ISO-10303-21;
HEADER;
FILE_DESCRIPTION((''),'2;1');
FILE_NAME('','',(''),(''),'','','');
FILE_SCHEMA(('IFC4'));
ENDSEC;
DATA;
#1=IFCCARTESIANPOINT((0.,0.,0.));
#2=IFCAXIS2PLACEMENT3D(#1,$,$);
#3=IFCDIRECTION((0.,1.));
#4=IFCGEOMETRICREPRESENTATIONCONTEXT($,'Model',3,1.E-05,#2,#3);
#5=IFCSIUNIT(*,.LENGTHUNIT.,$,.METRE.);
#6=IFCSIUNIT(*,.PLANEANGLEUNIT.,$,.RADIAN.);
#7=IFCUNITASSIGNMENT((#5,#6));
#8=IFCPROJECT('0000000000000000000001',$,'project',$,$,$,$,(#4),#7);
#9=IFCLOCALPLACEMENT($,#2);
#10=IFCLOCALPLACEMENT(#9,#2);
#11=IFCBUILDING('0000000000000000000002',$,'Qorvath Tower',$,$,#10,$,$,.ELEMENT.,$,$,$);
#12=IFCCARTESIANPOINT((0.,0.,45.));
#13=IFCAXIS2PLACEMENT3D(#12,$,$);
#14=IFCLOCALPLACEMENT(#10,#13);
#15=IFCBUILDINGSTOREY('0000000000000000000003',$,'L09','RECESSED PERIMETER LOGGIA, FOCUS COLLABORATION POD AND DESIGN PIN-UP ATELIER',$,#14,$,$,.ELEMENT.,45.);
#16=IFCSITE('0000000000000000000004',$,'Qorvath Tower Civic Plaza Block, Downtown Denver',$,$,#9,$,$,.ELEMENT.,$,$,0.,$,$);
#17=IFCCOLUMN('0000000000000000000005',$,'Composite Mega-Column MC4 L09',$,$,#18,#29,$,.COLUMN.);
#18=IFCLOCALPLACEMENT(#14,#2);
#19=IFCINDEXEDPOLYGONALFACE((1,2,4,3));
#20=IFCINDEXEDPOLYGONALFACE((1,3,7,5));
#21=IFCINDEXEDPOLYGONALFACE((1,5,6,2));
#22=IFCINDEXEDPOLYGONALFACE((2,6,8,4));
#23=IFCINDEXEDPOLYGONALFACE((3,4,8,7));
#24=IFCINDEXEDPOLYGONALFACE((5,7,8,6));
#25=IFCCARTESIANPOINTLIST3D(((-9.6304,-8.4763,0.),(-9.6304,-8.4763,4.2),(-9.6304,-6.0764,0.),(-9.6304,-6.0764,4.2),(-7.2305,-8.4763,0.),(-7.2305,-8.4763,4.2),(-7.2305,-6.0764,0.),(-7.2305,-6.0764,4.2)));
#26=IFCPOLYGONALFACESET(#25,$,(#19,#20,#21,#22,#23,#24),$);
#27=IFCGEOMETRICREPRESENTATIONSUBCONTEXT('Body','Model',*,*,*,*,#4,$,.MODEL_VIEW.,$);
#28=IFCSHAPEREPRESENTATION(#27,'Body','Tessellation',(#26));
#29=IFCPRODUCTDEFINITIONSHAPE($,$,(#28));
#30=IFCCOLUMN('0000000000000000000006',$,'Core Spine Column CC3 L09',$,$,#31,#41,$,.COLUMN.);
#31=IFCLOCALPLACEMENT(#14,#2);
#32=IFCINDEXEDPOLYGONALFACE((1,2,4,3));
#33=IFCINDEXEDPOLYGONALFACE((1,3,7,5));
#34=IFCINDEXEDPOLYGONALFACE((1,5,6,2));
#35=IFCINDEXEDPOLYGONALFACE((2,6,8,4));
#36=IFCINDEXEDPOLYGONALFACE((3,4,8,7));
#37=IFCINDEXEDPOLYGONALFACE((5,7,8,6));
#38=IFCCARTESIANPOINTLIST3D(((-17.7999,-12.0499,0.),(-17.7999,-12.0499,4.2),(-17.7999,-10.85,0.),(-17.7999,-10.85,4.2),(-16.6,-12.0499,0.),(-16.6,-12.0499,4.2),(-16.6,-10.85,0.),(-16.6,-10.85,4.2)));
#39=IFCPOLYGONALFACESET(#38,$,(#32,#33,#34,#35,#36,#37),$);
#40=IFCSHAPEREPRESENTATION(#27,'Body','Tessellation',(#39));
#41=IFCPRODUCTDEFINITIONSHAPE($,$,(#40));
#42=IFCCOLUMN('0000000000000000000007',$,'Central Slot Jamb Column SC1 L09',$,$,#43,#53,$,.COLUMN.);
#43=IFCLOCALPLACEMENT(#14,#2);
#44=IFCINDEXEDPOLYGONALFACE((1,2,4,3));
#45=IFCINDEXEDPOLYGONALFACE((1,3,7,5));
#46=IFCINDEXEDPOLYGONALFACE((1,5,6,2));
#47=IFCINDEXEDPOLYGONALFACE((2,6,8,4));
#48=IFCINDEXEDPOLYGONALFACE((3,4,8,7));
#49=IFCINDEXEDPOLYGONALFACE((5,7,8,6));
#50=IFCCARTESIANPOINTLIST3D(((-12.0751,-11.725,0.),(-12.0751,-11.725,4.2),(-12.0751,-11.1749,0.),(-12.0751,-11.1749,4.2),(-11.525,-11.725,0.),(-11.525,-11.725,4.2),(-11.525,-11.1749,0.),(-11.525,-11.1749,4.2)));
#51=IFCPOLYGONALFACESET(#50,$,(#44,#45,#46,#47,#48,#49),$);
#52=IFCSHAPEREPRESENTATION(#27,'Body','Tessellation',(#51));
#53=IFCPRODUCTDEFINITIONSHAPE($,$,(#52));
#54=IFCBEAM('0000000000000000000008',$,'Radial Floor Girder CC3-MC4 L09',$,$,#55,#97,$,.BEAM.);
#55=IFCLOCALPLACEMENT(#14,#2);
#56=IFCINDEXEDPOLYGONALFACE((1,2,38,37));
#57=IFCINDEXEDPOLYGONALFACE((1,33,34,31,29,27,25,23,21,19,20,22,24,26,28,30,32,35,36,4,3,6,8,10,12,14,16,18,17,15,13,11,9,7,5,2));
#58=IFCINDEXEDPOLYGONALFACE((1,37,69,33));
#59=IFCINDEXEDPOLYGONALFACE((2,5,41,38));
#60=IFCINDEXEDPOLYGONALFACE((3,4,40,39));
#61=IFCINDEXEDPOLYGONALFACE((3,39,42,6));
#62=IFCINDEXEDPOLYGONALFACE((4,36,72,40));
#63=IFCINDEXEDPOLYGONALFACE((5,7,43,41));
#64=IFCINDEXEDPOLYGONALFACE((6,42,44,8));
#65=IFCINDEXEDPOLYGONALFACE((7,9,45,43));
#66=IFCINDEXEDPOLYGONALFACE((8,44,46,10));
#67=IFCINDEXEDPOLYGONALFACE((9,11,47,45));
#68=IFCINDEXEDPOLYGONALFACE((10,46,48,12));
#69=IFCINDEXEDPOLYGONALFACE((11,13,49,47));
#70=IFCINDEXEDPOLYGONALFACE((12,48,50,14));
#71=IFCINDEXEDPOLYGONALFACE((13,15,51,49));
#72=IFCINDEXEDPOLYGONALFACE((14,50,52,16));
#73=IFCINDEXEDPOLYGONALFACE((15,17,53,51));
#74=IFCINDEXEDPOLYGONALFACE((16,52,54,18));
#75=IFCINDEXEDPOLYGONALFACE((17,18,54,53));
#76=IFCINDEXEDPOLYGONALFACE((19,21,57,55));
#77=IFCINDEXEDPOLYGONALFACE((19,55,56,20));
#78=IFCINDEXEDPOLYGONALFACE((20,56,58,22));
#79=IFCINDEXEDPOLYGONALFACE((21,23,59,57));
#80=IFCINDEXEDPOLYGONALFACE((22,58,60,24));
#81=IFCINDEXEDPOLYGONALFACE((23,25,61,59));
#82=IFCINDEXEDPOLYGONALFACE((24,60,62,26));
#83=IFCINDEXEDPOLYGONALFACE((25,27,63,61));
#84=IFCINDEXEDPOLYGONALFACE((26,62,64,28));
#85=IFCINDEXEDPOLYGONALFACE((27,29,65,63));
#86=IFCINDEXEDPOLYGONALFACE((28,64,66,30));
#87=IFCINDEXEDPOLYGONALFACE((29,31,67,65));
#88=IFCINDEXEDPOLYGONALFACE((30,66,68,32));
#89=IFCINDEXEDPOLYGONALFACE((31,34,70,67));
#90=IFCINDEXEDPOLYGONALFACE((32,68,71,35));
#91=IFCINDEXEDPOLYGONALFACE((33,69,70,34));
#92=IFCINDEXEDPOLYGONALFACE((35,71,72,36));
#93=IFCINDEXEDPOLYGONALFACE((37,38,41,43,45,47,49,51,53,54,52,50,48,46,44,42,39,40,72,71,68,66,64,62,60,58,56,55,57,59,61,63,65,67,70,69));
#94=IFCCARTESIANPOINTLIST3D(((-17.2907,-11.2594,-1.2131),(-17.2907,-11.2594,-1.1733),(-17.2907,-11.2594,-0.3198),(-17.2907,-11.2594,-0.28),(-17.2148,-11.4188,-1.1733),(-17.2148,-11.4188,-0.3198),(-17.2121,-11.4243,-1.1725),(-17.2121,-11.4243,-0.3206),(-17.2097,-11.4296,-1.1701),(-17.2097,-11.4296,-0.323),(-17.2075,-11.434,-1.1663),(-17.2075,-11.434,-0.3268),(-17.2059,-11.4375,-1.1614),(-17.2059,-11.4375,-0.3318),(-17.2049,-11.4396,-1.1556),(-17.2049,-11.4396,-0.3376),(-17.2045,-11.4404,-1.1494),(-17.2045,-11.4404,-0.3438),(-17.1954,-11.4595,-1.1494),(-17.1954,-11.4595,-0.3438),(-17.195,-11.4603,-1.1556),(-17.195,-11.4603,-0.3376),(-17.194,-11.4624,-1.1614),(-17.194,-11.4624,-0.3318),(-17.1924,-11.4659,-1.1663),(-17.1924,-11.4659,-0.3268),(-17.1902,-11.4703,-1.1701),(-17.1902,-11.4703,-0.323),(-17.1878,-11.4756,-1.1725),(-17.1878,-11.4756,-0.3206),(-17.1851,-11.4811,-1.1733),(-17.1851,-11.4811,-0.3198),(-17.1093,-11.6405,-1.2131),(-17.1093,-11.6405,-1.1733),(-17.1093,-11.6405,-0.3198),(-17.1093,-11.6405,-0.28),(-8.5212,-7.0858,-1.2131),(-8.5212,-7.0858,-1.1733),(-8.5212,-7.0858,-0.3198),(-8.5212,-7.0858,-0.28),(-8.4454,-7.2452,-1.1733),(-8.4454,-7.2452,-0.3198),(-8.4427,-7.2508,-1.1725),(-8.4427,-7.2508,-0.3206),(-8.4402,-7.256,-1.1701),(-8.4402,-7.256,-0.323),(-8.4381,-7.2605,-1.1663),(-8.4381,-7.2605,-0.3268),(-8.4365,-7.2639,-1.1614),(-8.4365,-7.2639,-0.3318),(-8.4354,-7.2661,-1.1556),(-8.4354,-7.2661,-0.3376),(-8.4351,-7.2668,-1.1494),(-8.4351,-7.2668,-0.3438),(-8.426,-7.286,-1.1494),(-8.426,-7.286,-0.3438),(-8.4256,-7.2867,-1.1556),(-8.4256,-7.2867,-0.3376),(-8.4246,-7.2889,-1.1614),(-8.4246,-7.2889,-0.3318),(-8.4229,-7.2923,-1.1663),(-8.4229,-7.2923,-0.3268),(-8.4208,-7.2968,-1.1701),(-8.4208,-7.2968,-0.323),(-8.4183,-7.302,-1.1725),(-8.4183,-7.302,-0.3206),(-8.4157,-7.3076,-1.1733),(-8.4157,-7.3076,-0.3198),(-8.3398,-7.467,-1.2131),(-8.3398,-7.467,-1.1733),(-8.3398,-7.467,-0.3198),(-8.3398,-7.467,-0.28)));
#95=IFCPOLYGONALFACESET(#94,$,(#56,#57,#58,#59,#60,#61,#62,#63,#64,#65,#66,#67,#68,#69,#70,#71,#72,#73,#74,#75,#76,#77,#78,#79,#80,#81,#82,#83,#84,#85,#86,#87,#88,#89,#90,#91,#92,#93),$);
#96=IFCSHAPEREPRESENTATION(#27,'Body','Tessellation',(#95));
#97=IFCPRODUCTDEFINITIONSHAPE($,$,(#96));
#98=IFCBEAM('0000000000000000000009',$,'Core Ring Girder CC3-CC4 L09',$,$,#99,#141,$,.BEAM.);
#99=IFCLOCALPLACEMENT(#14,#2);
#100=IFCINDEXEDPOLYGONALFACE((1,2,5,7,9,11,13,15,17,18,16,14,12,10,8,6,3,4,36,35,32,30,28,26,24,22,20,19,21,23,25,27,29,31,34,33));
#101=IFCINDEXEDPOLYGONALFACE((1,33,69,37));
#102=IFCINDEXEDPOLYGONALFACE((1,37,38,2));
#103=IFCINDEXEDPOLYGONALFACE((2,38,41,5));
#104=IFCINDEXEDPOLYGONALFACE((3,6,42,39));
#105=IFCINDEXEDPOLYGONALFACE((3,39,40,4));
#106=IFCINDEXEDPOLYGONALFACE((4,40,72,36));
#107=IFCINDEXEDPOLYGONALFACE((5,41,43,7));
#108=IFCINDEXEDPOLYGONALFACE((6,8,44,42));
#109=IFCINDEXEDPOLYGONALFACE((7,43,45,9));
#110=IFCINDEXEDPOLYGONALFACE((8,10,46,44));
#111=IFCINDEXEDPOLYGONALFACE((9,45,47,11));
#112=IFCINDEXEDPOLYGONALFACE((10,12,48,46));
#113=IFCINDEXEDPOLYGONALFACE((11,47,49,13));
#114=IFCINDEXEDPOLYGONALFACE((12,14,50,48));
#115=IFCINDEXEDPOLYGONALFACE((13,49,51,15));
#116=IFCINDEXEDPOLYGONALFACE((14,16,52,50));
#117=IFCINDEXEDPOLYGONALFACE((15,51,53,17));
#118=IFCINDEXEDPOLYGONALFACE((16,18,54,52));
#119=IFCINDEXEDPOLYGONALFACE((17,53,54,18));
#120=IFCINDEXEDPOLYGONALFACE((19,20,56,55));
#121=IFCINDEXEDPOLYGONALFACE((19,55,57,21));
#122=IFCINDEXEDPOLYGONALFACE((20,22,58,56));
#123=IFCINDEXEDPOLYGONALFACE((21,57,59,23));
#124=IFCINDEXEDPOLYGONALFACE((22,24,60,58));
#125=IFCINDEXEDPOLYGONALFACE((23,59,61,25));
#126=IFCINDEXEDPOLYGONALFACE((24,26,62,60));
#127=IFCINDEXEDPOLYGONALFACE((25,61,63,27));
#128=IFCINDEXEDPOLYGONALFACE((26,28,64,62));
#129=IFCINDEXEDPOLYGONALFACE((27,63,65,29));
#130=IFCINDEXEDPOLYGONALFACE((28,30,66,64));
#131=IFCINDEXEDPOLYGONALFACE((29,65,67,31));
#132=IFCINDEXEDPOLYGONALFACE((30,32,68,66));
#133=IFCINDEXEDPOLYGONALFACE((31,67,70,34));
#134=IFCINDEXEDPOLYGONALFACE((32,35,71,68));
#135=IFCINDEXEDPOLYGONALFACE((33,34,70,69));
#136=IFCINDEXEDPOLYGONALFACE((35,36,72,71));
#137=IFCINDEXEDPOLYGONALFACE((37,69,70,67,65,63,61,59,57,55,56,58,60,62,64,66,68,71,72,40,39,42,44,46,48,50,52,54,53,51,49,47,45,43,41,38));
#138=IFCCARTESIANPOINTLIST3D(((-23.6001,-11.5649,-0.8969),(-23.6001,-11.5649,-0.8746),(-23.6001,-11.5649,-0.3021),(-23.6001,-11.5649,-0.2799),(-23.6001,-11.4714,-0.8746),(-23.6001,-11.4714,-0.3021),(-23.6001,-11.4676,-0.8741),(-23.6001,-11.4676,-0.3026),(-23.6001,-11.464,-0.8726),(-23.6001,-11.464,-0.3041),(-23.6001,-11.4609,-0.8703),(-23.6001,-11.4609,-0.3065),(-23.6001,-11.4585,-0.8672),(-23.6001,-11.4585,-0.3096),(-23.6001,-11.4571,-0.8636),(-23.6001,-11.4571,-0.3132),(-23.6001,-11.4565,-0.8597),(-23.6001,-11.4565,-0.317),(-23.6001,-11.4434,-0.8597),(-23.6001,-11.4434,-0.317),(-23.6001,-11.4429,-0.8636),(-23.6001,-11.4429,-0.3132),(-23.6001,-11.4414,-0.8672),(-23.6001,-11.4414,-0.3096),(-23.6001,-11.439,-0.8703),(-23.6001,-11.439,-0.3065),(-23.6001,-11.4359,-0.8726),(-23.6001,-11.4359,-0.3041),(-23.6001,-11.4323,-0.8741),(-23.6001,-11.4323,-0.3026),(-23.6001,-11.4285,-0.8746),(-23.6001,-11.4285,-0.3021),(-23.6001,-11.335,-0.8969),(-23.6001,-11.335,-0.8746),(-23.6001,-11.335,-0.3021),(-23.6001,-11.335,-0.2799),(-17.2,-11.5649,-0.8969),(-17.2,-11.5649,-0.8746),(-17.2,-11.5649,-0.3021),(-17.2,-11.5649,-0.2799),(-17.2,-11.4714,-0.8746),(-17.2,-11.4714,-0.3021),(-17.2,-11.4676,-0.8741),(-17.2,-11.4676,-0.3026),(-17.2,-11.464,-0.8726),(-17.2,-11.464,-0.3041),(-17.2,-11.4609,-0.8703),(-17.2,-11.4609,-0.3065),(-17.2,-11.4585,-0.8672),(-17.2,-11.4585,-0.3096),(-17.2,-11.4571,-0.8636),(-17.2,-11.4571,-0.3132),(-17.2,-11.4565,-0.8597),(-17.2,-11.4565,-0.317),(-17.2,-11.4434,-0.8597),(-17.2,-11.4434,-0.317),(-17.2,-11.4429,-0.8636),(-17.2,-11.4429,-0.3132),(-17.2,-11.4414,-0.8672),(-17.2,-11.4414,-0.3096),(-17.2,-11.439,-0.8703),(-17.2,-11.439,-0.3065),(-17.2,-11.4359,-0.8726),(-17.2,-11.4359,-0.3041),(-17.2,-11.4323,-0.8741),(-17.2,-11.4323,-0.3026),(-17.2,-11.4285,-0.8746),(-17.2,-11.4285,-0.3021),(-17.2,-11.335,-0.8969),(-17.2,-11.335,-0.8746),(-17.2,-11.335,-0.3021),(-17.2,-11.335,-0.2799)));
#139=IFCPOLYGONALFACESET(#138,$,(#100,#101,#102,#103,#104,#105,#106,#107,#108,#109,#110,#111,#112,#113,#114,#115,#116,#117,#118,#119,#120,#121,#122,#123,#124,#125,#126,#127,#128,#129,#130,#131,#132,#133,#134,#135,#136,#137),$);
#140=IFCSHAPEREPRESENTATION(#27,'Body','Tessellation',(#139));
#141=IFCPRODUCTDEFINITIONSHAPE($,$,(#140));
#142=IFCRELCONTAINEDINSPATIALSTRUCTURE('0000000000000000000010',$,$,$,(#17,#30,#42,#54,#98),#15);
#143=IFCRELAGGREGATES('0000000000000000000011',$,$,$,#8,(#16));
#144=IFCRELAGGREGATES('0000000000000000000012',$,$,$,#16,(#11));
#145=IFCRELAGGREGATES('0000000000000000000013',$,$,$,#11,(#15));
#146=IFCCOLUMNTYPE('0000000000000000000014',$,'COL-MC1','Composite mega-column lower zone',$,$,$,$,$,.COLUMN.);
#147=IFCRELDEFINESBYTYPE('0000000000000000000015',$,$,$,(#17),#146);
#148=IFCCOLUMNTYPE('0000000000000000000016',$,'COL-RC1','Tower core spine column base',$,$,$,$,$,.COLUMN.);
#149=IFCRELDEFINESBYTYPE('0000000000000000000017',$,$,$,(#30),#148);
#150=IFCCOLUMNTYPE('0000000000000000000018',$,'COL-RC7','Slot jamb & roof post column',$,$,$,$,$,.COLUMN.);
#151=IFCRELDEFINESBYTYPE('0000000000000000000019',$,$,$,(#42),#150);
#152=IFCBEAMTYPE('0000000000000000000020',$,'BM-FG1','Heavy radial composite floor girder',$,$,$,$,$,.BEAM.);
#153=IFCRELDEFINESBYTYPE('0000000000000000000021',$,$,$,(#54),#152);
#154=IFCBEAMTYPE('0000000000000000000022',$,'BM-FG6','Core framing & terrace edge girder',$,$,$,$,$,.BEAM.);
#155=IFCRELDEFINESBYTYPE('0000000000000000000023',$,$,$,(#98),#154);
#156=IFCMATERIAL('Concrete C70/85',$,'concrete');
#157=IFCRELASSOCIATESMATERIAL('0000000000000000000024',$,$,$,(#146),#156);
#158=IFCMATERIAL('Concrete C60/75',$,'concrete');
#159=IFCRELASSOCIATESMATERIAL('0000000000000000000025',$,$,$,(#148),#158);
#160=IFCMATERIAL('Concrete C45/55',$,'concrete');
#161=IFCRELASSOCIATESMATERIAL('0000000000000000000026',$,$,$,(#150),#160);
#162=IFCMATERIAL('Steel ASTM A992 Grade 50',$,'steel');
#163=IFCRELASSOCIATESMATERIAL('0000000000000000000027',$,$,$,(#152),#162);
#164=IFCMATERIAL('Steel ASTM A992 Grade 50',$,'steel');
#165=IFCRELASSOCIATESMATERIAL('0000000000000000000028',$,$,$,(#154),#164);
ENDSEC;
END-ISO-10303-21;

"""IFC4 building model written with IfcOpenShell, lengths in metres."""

from ifc_helpers import new_model, si_unit, direction, frame, origin, origin_2d, place, context, subcontext, project, spatial, rectangle, i_section, extrude, material, material_profile, profile_set, type_object, element, save


model = new_model("IFC4")

# Units and contexts
model_context = context("Model", 3, precision=1e-05, world=origin(), true_north=direction((0.0, 1.0)))
body_context = subcontext(model_context, "Body", "Model", "MODEL_VIEW")
ifc_project = project(units=[si_unit("LENGTHUNIT", "METRE"), si_unit("PLANEANGLEUNIT", "RADIAN")], contexts=[model_context])

# Site, building, storey
site_placement = place(None, origin())
site = spatial("IfcSite", under=ifc_project, at=site_placement, Name="Qorvath Tower Civic Plaza Block, Downtown Denver", CompositionType="ELEMENT", RefElevation=0.0)
building_placement = place(site_placement, origin())
building = spatial("IfcBuilding", under=site, at=building_placement, Name="Qorvath Tower", CompositionType="ELEMENT")
storey_placement = place(building_placement, frame((0.0, 0.0, 45.0)))
storey = spatial("IfcBuildingStorey", under=building, at=storey_placement, Name="L09", Description="RECESSED PERIMETER LOGGIA, FOCUS COLLABORATION POD AND DESIGN PIN-UP ATELIER", CompositionType="ELEMENT", Elevation=45.0)

# Columns
ifc_material_1 = material(Name="Concrete C70/85", Category="concrete")
ifc_material_profile_1 = material_profile(ifc_material_1, rectangle(XDim=2.3999, YDim=2.3999, at=origin_2d()), Name="MC 2400x2400")
ifc_profile_set_1 = profile_set([ifc_material_profile_1], Name="Concrete C70/85")
column_type_1 = type_object("IfcColumnType", Name="COL-MC1", Description="Composite mega-column lower zone", PredefinedType="COLUMN", material=ifc_profile_set_1)
column_1_placement = place(storey_placement, frame((-8.4304, -7.2764, 0.0), z_axis=(0.0, 0.0, 1.0), x_axis=(1.0, 0.0, 0.0)))
element("IfcColumn", 1, at=column_1_placement, inside=storey, type_object=column_type_1, Name="Composite Mega-Column MC4 L09", PredefinedType="COLUMN", context=body_context, shape_type="SweptSolid", body=[
    extrude(rectangle(XDim=2.3999, YDim=2.3999, at=origin_2d()), origin(), (0.0, 0.0, 1.0), 4.2),
])
ifc_material_2 = material(Name="Concrete C60/75", Category="concrete")
ifc_material_profile_2 = material_profile(ifc_material_2, rectangle(XDim=1.2, YDim=1.2, at=origin_2d()), Name="RC 1200x1200")
ifc_profile_set_2 = profile_set([ifc_material_profile_2], Name="Concrete C60/75")
column_type_2 = type_object("IfcColumnType", Name="COL-RC1", Description="Tower core spine column base", PredefinedType="COLUMN", material=ifc_profile_set_2)
column_2_placement = place(storey_placement, frame((-17.2, -11.45, 0.0), z_axis=(0.0, 0.0, 1.0), x_axis=(1.0, 0.0, 0.0)))
element("IfcColumn", 2, at=column_2_placement, inside=storey, type_object=column_type_2, Name="Core Spine Column CC3 L09", PredefinedType="COLUMN", context=body_context, shape_type="SweptSolid", body=[
    extrude(rectangle(XDim=1.2, YDim=1.2, at=origin_2d()), origin(), (0.0, 0.0, 1.0), 4.2),
])
ifc_material_3 = material(Name="Concrete C45/55", Category="concrete")
ifc_material_profile_3 = material_profile(ifc_material_3, rectangle(XDim=0.55, YDim=0.55, at=origin_2d()), Name="RC 550x550")
ifc_profile_set_3 = profile_set([ifc_material_profile_3], Name="Concrete C45/55")
column_type_3 = type_object("IfcColumnType", Name="COL-RC7", Description="Slot jamb & roof post column", PredefinedType="COLUMN", material=ifc_profile_set_3)
column_3_placement = place(storey_placement, frame((-11.8, -11.45, 0.0), z_axis=(0.0, 0.0, 1.0), x_axis=(1.0, 0.0, 0.0)))
element("IfcColumn", 3, at=column_3_placement, inside=storey, type_object=column_type_3, Name="Central Slot Jamb Column SC1 L09", PredefinedType="COLUMN", context=body_context, shape_type="SweptSolid", body=[
    extrude(rectangle(XDim=0.55, YDim=0.55, at=origin_2d()), origin(), (0.0, 0.0, 1.0), 4.2),
])

# Beams
ifc_material_4 = material(Name="Steel ASTM A992 Grade 50", Category="steel")
ifc_material_profile_4 = material_profile(ifc_material_4, i_section(OverallWidth=0.4221, OverallDepth=0.9331, WebThickness=0.0212, FlangeThickness=0.0398, FilletRadius=0.0239, at=origin_2d()), Name="W36x262")
ifc_profile_set_4 = profile_set([ifc_material_profile_4], Name="Steel ASTM A992 Grade 50")
beam_type_1 = type_object("IfcBeamType", Name="BM-FG1", Description="Heavy radial composite floor girder", PredefinedType="BEAM", material=ifc_profile_set_4)
beam_1_placement = place(storey_placement, frame((-17.2, -11.45, -0.7466), z_axis=(0.902956, 0.429734, 0.0), x_axis=(-0.429734, 0.902956, 0.0)))
element("IfcBeam", 4, at=beam_1_placement, inside=storey, type_object=beam_type_1, Name="Radial Floor Girder CC3-MC4 L09", PredefinedType="BEAM", context=body_context, shape_type="SweptSolid", body=[
    extrude(i_section(OverallWidth=0.4221, OverallDepth=0.9331, WebThickness=0.0212, FlangeThickness=0.0398, FilletRadius=0.0239, at=origin_2d()), origin(), (0.0, 0.0, 1.0), 9.7119),
])
ifc_material_5 = material(Name="Steel ASTM A992 Grade 50", Category="steel")
ifc_material_profile_5 = material_profile(ifc_material_5, i_section(OverallWidth=0.23, OverallDepth=0.6169, WebThickness=0.0132, FlangeThickness=0.0222, FilletRadius=0.0149, at=origin_2d()), Name="W24x94")
ifc_profile_set_5 = profile_set([ifc_material_profile_5], Name="Steel ASTM A992 Grade 50")
beam_type_2 = type_object("IfcBeamType", Name="BM-FG6", Description="Core framing & terrace edge girder", PredefinedType="BEAM", material=ifc_profile_set_5)
beam_2_placement = place(storey_placement, frame((-17.2, -11.45, -0.5884), z_axis=(-1.0, 0.0, 0.0), x_axis=(0.0, -1.0, 0.0)))
element("IfcBeam", 5, at=beam_2_placement, inside=storey, type_object=beam_type_2, Name="Core Ring Girder CC3-CC4 L09", PredefinedType="BEAM", context=body_context, shape_type="SweptSolid", body=[
    extrude(i_section(OverallWidth=0.23, OverallDepth=0.6169, WebThickness=0.0132, FlangeThickness=0.0222, FilletRadius=0.0149, at=origin_2d()), origin(), (0.0, 0.0, 1.0), 6.4001),
])

save(model, "model.ifc")
